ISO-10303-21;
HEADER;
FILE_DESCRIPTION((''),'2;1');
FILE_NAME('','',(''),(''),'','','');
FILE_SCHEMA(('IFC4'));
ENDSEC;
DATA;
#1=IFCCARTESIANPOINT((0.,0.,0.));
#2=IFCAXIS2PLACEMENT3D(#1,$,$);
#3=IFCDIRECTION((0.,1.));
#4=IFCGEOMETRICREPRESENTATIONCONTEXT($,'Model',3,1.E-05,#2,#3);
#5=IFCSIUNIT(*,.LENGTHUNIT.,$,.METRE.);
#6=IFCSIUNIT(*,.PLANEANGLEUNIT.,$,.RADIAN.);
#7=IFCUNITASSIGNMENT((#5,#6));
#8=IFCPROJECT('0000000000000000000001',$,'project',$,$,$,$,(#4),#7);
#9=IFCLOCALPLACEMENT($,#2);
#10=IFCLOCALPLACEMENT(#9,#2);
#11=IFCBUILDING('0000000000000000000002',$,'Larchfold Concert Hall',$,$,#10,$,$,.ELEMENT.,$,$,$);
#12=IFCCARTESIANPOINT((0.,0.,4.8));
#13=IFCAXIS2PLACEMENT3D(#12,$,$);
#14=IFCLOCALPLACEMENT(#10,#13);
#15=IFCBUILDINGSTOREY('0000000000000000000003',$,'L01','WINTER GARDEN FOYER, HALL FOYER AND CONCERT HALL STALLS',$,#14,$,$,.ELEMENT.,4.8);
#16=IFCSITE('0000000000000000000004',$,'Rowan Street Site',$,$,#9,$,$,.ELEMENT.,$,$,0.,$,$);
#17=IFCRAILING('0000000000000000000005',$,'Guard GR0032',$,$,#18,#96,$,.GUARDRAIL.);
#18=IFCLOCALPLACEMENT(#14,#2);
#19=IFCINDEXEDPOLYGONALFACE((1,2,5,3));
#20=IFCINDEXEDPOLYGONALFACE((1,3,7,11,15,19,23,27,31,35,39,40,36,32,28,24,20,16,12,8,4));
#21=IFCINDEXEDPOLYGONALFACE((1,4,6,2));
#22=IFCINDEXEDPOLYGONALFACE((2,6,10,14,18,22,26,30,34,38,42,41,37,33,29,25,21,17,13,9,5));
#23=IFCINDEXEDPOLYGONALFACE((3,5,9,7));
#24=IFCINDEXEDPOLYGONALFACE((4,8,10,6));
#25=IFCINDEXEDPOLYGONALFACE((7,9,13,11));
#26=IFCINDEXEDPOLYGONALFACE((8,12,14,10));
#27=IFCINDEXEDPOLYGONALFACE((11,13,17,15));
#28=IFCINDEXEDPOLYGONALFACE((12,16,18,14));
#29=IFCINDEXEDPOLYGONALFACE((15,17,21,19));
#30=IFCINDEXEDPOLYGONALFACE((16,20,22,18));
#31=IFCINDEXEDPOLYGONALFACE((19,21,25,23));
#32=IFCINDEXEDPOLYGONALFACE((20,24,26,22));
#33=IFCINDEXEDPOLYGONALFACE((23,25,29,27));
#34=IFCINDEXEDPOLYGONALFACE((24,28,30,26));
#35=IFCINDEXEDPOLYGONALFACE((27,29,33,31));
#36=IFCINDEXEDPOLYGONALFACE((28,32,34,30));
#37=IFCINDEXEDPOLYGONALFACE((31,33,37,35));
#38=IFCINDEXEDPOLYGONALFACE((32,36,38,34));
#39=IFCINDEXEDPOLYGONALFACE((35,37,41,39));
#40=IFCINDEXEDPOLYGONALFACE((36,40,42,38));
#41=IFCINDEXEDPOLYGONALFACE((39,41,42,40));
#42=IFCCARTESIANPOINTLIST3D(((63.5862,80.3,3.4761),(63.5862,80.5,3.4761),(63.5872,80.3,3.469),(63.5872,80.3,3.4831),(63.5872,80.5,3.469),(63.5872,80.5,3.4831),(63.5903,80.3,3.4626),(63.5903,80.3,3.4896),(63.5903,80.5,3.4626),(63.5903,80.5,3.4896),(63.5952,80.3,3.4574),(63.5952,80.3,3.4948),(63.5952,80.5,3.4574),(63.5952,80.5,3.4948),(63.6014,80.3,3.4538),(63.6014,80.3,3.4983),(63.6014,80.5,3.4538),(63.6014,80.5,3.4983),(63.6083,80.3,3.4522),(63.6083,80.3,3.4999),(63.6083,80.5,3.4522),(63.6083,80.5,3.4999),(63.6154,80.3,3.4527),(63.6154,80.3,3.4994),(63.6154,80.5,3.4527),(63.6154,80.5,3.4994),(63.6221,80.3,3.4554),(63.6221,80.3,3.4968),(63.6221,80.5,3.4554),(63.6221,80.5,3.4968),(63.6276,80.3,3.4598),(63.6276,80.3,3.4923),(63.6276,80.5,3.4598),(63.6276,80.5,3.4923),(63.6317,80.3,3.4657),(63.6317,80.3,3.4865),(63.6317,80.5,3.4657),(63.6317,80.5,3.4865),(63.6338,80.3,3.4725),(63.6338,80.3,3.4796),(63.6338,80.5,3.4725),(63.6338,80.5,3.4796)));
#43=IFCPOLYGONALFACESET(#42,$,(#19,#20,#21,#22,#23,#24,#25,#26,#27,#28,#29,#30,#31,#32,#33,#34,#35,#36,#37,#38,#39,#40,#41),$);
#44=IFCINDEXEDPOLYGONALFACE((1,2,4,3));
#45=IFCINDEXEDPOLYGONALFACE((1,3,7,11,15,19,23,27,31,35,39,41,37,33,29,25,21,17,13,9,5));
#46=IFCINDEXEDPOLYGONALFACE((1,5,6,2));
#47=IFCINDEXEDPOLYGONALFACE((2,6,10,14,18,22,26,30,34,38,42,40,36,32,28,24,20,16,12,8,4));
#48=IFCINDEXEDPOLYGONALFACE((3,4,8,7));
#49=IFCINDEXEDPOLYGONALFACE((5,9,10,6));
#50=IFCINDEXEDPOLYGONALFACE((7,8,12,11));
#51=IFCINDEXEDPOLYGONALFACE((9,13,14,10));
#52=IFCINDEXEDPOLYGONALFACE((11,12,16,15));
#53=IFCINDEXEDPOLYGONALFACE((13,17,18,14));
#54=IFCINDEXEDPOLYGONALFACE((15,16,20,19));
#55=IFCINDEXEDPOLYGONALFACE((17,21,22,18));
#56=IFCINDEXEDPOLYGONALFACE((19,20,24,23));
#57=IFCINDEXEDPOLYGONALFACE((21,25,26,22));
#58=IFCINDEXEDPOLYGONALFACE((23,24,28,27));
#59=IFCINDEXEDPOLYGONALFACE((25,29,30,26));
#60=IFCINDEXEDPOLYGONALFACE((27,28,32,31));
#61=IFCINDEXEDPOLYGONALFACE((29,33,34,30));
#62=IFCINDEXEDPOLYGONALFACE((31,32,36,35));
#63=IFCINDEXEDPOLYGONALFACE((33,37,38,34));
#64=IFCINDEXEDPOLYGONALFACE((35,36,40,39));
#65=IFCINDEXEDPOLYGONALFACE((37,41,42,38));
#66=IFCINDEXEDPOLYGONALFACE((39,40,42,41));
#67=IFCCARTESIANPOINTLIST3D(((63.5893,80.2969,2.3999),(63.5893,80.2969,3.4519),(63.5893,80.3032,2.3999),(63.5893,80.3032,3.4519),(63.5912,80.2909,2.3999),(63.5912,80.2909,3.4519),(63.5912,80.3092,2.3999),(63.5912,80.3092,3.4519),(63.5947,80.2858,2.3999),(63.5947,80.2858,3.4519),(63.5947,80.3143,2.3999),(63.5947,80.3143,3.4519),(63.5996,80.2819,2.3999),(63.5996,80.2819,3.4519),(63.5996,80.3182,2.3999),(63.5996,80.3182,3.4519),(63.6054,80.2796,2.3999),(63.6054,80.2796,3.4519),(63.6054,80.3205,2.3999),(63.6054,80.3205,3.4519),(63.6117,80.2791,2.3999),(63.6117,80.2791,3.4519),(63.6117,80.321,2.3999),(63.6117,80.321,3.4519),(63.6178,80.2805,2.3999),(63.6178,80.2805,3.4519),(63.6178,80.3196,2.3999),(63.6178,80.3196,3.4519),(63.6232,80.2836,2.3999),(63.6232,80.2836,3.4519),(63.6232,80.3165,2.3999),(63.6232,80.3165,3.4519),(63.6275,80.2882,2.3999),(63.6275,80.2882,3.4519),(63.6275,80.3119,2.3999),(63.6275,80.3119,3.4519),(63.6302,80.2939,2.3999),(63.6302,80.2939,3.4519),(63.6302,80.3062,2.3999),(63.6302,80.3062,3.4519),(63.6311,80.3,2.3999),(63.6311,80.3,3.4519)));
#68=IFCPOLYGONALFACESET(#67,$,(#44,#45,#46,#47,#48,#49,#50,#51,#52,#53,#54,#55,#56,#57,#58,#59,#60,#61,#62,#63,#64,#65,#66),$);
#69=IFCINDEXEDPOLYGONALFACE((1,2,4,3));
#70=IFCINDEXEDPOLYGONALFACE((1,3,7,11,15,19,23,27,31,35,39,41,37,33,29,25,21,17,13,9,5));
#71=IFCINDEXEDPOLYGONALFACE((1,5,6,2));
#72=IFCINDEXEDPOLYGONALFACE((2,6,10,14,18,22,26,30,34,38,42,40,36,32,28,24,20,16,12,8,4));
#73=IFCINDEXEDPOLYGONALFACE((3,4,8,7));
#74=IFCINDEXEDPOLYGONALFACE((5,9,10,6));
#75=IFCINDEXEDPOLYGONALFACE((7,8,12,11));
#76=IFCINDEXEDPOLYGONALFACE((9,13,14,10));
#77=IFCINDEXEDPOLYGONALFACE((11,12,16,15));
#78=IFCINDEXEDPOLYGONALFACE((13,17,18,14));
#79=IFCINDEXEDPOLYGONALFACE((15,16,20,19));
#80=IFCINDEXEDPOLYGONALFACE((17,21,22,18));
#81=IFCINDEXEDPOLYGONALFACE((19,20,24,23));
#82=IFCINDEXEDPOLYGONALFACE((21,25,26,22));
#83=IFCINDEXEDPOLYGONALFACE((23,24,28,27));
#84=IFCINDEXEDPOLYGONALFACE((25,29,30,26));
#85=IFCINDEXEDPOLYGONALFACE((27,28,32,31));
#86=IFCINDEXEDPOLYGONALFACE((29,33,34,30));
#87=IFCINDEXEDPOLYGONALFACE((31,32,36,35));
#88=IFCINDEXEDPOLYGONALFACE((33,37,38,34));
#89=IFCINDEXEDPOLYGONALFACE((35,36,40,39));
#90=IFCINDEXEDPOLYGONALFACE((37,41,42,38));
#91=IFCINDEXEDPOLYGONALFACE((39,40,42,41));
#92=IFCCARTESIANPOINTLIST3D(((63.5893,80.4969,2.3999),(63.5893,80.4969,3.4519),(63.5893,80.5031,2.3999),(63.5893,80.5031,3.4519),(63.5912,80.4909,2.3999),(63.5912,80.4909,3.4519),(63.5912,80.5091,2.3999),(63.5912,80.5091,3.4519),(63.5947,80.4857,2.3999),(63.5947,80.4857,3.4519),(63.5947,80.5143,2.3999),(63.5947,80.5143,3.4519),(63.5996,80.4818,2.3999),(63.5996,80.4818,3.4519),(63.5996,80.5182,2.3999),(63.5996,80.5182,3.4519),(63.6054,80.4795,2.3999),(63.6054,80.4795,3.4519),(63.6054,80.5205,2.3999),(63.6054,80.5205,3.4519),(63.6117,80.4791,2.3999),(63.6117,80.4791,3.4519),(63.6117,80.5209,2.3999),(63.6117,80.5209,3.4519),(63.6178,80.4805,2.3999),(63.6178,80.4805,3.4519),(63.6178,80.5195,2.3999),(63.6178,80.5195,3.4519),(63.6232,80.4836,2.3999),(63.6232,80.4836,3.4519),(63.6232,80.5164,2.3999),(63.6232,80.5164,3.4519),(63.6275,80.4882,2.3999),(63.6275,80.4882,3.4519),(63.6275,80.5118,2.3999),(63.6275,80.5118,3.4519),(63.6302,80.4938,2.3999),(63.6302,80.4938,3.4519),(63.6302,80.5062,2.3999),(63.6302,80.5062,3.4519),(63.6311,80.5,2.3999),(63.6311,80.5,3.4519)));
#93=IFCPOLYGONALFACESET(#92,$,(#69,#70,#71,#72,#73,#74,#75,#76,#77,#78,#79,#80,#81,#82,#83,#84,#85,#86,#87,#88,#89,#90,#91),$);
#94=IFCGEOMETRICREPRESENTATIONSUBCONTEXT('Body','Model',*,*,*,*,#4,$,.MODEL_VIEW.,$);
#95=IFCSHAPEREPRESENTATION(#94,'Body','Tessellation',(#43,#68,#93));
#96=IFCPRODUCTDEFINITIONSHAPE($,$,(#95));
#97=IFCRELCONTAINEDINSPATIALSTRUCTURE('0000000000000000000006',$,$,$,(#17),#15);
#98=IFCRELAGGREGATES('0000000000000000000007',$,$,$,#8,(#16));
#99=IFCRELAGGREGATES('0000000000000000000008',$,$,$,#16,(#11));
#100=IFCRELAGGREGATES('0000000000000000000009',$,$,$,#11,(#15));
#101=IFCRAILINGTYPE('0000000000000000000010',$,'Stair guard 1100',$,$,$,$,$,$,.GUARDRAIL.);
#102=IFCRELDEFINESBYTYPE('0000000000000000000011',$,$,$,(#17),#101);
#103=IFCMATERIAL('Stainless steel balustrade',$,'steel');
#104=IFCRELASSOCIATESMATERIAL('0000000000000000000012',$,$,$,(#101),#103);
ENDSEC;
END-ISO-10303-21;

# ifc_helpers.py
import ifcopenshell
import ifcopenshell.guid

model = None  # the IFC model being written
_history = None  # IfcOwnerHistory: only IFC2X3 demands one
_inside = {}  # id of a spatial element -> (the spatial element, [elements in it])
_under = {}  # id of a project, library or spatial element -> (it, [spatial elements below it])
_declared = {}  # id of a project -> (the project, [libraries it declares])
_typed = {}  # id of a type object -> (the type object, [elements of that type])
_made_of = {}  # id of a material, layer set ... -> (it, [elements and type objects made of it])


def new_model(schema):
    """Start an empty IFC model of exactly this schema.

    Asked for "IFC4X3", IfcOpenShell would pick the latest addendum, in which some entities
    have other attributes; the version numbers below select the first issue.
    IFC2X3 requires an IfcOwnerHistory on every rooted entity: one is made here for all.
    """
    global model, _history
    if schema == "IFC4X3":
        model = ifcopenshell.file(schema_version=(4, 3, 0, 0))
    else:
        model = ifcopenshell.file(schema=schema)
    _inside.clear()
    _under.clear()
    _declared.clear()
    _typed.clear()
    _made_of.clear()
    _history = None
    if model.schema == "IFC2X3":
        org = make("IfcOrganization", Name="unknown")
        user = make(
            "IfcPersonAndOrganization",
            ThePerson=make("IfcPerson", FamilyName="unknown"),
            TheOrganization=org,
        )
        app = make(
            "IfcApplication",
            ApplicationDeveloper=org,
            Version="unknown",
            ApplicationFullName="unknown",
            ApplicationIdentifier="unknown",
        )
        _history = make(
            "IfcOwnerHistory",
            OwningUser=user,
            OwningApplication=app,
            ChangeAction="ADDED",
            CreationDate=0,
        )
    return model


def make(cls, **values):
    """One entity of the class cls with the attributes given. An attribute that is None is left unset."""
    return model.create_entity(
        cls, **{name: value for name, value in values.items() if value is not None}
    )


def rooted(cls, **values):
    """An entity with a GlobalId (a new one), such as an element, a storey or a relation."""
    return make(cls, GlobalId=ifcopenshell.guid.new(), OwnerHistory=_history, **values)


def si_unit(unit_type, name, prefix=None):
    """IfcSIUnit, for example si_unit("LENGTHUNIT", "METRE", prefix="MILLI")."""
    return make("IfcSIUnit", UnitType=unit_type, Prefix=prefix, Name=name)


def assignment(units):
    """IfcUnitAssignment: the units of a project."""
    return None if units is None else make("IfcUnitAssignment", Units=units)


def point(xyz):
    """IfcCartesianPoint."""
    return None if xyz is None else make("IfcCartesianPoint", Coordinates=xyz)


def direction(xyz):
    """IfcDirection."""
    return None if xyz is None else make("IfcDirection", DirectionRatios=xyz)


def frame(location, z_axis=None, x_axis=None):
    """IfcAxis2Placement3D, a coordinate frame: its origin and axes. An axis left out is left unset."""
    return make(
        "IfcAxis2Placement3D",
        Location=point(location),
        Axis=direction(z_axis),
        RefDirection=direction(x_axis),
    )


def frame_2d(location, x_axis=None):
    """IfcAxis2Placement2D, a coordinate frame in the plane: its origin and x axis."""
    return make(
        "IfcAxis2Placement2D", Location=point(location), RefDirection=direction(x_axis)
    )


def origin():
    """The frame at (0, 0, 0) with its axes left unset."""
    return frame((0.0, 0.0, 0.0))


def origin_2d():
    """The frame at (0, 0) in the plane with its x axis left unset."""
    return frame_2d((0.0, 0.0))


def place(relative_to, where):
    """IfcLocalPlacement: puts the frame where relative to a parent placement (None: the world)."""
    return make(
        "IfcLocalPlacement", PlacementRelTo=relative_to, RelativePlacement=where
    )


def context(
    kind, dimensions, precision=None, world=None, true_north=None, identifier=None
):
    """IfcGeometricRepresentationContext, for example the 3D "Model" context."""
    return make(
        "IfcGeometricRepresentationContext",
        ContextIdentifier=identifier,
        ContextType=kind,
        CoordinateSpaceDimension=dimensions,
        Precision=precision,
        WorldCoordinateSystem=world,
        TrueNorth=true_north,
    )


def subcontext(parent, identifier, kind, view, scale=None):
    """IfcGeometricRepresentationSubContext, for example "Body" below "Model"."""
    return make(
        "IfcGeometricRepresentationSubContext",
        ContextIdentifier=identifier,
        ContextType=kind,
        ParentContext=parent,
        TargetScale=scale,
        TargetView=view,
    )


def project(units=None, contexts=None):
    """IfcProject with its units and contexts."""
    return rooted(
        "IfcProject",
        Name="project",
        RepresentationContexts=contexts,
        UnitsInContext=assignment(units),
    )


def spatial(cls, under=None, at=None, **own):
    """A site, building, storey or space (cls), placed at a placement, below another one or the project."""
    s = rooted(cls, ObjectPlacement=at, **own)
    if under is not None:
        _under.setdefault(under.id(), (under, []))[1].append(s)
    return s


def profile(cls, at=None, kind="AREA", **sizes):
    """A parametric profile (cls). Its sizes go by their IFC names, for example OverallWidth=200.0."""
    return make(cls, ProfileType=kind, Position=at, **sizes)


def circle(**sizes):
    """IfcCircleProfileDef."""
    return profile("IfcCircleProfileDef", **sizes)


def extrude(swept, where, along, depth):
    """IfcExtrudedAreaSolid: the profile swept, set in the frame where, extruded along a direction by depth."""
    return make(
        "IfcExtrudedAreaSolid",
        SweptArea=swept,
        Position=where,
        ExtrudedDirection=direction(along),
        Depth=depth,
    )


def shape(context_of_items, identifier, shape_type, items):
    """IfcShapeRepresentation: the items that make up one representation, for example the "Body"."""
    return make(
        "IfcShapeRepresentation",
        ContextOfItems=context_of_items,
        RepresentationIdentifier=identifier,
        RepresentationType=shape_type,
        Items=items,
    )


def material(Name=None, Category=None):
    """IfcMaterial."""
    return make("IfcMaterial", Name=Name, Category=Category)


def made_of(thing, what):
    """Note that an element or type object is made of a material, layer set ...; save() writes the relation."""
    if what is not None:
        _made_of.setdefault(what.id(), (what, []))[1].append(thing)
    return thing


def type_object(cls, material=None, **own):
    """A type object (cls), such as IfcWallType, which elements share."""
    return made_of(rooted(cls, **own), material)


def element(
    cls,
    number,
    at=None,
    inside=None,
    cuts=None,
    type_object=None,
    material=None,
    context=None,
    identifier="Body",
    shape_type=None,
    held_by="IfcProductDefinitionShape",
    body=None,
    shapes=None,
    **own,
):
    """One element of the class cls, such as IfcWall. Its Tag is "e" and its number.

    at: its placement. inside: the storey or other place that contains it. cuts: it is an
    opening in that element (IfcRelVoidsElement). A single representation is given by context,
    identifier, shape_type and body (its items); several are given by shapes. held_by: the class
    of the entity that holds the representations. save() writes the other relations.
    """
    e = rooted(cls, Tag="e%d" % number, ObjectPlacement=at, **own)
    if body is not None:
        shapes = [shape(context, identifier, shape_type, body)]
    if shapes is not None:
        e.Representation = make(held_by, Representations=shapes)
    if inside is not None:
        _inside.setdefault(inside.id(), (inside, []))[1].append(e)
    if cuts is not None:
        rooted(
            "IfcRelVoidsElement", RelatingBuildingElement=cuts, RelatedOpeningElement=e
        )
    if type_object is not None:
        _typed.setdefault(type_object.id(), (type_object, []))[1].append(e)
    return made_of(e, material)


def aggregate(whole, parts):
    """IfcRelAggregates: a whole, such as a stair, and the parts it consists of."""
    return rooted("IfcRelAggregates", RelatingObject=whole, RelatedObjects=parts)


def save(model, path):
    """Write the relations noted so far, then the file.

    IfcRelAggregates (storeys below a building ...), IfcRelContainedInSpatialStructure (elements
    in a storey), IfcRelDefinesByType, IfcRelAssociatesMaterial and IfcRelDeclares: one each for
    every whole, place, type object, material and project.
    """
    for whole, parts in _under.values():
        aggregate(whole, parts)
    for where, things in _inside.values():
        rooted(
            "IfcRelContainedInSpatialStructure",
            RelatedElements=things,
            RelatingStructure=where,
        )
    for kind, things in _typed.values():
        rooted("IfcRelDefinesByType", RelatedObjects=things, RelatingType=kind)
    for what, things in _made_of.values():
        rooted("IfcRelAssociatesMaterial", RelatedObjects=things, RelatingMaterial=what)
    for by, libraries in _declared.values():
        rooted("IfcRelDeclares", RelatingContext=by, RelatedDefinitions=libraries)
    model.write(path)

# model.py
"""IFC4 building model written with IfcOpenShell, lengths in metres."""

from ifc_helpers import new_model, si_unit, direction, frame, origin, origin_2d, place, context, subcontext, project, spatial, circle, extrude, material, type_object, element, save


model = new_model("IFC4")

# Units and contexts
model_context = context("Model", 3, precision=1e-05, world=origin(), true_north=direction((0.0, 1.0)))
body_context = subcontext(model_context, "Body", "Model", "MODEL_VIEW")
ifc_project = project(units=[si_unit("LENGTHUNIT", "METRE"), si_unit("PLANEANGLEUNIT", "RADIAN")], contexts=[model_context])

# Site, building, storey
site_placement = place(None, origin())
site = spatial("IfcSite", under=ifc_project, at=site_placement, Name="Rowan Street Site", CompositionType="ELEMENT", RefElevation=0.0)
building_placement = place(site_placement, origin())
building = spatial("IfcBuilding", under=site, at=building_placement, Name="Larchfold Concert Hall", CompositionType="ELEMENT")
storey_placement = place(building_placement, frame((0.0, 0.0, 4.8)))
storey = spatial("IfcBuildingStorey", under=building, at=storey_placement, Name="L01", Description="WINTER GARDEN FOYER, HALL FOYER AND CONCERT HALL STALLS", CompositionType="ELEMENT", Elevation=4.8)

# Railing
ifc_material_1 = material(Name="Stainless steel balustrade", Category="steel")
railing_type_1 = type_object("IfcRailingType", Name="Stair guard 1100", PredefinedType="GUARDRAIL", material=ifc_material_1)
railing_1_placement = place(storey_placement, frame((63.6101, 80.3, 2.3999)))
element("IfcRailing", 1, at=railing_1_placement, inside=storey, type_object=railing_type_1, Name="Guard GR0032", PredefinedType="GUARDRAIL", context=body_context, shape_type="SweptSolid", body=[
    extrude(circle(Radius=0.0239, at=origin_2d()), frame((0.0, 0.0, 1.0762), z_axis=(0.0, 1.0, 0.0), x_axis=(-1.0, 0.0, 0.0)), (0.0, 0.0, 1.0), 0.2),
    extrude(circle(Radius=0.021, at=origin_2d()), origin(), (0.0, 0.0, 1.0), 1.052),
    extrude(circle(Radius=0.021, at=origin_2d()), frame((0.0, 0.2, 0.0)), (0.0, 0.0, 1.0), 1.052),
])

save(model, "model.ifc")
